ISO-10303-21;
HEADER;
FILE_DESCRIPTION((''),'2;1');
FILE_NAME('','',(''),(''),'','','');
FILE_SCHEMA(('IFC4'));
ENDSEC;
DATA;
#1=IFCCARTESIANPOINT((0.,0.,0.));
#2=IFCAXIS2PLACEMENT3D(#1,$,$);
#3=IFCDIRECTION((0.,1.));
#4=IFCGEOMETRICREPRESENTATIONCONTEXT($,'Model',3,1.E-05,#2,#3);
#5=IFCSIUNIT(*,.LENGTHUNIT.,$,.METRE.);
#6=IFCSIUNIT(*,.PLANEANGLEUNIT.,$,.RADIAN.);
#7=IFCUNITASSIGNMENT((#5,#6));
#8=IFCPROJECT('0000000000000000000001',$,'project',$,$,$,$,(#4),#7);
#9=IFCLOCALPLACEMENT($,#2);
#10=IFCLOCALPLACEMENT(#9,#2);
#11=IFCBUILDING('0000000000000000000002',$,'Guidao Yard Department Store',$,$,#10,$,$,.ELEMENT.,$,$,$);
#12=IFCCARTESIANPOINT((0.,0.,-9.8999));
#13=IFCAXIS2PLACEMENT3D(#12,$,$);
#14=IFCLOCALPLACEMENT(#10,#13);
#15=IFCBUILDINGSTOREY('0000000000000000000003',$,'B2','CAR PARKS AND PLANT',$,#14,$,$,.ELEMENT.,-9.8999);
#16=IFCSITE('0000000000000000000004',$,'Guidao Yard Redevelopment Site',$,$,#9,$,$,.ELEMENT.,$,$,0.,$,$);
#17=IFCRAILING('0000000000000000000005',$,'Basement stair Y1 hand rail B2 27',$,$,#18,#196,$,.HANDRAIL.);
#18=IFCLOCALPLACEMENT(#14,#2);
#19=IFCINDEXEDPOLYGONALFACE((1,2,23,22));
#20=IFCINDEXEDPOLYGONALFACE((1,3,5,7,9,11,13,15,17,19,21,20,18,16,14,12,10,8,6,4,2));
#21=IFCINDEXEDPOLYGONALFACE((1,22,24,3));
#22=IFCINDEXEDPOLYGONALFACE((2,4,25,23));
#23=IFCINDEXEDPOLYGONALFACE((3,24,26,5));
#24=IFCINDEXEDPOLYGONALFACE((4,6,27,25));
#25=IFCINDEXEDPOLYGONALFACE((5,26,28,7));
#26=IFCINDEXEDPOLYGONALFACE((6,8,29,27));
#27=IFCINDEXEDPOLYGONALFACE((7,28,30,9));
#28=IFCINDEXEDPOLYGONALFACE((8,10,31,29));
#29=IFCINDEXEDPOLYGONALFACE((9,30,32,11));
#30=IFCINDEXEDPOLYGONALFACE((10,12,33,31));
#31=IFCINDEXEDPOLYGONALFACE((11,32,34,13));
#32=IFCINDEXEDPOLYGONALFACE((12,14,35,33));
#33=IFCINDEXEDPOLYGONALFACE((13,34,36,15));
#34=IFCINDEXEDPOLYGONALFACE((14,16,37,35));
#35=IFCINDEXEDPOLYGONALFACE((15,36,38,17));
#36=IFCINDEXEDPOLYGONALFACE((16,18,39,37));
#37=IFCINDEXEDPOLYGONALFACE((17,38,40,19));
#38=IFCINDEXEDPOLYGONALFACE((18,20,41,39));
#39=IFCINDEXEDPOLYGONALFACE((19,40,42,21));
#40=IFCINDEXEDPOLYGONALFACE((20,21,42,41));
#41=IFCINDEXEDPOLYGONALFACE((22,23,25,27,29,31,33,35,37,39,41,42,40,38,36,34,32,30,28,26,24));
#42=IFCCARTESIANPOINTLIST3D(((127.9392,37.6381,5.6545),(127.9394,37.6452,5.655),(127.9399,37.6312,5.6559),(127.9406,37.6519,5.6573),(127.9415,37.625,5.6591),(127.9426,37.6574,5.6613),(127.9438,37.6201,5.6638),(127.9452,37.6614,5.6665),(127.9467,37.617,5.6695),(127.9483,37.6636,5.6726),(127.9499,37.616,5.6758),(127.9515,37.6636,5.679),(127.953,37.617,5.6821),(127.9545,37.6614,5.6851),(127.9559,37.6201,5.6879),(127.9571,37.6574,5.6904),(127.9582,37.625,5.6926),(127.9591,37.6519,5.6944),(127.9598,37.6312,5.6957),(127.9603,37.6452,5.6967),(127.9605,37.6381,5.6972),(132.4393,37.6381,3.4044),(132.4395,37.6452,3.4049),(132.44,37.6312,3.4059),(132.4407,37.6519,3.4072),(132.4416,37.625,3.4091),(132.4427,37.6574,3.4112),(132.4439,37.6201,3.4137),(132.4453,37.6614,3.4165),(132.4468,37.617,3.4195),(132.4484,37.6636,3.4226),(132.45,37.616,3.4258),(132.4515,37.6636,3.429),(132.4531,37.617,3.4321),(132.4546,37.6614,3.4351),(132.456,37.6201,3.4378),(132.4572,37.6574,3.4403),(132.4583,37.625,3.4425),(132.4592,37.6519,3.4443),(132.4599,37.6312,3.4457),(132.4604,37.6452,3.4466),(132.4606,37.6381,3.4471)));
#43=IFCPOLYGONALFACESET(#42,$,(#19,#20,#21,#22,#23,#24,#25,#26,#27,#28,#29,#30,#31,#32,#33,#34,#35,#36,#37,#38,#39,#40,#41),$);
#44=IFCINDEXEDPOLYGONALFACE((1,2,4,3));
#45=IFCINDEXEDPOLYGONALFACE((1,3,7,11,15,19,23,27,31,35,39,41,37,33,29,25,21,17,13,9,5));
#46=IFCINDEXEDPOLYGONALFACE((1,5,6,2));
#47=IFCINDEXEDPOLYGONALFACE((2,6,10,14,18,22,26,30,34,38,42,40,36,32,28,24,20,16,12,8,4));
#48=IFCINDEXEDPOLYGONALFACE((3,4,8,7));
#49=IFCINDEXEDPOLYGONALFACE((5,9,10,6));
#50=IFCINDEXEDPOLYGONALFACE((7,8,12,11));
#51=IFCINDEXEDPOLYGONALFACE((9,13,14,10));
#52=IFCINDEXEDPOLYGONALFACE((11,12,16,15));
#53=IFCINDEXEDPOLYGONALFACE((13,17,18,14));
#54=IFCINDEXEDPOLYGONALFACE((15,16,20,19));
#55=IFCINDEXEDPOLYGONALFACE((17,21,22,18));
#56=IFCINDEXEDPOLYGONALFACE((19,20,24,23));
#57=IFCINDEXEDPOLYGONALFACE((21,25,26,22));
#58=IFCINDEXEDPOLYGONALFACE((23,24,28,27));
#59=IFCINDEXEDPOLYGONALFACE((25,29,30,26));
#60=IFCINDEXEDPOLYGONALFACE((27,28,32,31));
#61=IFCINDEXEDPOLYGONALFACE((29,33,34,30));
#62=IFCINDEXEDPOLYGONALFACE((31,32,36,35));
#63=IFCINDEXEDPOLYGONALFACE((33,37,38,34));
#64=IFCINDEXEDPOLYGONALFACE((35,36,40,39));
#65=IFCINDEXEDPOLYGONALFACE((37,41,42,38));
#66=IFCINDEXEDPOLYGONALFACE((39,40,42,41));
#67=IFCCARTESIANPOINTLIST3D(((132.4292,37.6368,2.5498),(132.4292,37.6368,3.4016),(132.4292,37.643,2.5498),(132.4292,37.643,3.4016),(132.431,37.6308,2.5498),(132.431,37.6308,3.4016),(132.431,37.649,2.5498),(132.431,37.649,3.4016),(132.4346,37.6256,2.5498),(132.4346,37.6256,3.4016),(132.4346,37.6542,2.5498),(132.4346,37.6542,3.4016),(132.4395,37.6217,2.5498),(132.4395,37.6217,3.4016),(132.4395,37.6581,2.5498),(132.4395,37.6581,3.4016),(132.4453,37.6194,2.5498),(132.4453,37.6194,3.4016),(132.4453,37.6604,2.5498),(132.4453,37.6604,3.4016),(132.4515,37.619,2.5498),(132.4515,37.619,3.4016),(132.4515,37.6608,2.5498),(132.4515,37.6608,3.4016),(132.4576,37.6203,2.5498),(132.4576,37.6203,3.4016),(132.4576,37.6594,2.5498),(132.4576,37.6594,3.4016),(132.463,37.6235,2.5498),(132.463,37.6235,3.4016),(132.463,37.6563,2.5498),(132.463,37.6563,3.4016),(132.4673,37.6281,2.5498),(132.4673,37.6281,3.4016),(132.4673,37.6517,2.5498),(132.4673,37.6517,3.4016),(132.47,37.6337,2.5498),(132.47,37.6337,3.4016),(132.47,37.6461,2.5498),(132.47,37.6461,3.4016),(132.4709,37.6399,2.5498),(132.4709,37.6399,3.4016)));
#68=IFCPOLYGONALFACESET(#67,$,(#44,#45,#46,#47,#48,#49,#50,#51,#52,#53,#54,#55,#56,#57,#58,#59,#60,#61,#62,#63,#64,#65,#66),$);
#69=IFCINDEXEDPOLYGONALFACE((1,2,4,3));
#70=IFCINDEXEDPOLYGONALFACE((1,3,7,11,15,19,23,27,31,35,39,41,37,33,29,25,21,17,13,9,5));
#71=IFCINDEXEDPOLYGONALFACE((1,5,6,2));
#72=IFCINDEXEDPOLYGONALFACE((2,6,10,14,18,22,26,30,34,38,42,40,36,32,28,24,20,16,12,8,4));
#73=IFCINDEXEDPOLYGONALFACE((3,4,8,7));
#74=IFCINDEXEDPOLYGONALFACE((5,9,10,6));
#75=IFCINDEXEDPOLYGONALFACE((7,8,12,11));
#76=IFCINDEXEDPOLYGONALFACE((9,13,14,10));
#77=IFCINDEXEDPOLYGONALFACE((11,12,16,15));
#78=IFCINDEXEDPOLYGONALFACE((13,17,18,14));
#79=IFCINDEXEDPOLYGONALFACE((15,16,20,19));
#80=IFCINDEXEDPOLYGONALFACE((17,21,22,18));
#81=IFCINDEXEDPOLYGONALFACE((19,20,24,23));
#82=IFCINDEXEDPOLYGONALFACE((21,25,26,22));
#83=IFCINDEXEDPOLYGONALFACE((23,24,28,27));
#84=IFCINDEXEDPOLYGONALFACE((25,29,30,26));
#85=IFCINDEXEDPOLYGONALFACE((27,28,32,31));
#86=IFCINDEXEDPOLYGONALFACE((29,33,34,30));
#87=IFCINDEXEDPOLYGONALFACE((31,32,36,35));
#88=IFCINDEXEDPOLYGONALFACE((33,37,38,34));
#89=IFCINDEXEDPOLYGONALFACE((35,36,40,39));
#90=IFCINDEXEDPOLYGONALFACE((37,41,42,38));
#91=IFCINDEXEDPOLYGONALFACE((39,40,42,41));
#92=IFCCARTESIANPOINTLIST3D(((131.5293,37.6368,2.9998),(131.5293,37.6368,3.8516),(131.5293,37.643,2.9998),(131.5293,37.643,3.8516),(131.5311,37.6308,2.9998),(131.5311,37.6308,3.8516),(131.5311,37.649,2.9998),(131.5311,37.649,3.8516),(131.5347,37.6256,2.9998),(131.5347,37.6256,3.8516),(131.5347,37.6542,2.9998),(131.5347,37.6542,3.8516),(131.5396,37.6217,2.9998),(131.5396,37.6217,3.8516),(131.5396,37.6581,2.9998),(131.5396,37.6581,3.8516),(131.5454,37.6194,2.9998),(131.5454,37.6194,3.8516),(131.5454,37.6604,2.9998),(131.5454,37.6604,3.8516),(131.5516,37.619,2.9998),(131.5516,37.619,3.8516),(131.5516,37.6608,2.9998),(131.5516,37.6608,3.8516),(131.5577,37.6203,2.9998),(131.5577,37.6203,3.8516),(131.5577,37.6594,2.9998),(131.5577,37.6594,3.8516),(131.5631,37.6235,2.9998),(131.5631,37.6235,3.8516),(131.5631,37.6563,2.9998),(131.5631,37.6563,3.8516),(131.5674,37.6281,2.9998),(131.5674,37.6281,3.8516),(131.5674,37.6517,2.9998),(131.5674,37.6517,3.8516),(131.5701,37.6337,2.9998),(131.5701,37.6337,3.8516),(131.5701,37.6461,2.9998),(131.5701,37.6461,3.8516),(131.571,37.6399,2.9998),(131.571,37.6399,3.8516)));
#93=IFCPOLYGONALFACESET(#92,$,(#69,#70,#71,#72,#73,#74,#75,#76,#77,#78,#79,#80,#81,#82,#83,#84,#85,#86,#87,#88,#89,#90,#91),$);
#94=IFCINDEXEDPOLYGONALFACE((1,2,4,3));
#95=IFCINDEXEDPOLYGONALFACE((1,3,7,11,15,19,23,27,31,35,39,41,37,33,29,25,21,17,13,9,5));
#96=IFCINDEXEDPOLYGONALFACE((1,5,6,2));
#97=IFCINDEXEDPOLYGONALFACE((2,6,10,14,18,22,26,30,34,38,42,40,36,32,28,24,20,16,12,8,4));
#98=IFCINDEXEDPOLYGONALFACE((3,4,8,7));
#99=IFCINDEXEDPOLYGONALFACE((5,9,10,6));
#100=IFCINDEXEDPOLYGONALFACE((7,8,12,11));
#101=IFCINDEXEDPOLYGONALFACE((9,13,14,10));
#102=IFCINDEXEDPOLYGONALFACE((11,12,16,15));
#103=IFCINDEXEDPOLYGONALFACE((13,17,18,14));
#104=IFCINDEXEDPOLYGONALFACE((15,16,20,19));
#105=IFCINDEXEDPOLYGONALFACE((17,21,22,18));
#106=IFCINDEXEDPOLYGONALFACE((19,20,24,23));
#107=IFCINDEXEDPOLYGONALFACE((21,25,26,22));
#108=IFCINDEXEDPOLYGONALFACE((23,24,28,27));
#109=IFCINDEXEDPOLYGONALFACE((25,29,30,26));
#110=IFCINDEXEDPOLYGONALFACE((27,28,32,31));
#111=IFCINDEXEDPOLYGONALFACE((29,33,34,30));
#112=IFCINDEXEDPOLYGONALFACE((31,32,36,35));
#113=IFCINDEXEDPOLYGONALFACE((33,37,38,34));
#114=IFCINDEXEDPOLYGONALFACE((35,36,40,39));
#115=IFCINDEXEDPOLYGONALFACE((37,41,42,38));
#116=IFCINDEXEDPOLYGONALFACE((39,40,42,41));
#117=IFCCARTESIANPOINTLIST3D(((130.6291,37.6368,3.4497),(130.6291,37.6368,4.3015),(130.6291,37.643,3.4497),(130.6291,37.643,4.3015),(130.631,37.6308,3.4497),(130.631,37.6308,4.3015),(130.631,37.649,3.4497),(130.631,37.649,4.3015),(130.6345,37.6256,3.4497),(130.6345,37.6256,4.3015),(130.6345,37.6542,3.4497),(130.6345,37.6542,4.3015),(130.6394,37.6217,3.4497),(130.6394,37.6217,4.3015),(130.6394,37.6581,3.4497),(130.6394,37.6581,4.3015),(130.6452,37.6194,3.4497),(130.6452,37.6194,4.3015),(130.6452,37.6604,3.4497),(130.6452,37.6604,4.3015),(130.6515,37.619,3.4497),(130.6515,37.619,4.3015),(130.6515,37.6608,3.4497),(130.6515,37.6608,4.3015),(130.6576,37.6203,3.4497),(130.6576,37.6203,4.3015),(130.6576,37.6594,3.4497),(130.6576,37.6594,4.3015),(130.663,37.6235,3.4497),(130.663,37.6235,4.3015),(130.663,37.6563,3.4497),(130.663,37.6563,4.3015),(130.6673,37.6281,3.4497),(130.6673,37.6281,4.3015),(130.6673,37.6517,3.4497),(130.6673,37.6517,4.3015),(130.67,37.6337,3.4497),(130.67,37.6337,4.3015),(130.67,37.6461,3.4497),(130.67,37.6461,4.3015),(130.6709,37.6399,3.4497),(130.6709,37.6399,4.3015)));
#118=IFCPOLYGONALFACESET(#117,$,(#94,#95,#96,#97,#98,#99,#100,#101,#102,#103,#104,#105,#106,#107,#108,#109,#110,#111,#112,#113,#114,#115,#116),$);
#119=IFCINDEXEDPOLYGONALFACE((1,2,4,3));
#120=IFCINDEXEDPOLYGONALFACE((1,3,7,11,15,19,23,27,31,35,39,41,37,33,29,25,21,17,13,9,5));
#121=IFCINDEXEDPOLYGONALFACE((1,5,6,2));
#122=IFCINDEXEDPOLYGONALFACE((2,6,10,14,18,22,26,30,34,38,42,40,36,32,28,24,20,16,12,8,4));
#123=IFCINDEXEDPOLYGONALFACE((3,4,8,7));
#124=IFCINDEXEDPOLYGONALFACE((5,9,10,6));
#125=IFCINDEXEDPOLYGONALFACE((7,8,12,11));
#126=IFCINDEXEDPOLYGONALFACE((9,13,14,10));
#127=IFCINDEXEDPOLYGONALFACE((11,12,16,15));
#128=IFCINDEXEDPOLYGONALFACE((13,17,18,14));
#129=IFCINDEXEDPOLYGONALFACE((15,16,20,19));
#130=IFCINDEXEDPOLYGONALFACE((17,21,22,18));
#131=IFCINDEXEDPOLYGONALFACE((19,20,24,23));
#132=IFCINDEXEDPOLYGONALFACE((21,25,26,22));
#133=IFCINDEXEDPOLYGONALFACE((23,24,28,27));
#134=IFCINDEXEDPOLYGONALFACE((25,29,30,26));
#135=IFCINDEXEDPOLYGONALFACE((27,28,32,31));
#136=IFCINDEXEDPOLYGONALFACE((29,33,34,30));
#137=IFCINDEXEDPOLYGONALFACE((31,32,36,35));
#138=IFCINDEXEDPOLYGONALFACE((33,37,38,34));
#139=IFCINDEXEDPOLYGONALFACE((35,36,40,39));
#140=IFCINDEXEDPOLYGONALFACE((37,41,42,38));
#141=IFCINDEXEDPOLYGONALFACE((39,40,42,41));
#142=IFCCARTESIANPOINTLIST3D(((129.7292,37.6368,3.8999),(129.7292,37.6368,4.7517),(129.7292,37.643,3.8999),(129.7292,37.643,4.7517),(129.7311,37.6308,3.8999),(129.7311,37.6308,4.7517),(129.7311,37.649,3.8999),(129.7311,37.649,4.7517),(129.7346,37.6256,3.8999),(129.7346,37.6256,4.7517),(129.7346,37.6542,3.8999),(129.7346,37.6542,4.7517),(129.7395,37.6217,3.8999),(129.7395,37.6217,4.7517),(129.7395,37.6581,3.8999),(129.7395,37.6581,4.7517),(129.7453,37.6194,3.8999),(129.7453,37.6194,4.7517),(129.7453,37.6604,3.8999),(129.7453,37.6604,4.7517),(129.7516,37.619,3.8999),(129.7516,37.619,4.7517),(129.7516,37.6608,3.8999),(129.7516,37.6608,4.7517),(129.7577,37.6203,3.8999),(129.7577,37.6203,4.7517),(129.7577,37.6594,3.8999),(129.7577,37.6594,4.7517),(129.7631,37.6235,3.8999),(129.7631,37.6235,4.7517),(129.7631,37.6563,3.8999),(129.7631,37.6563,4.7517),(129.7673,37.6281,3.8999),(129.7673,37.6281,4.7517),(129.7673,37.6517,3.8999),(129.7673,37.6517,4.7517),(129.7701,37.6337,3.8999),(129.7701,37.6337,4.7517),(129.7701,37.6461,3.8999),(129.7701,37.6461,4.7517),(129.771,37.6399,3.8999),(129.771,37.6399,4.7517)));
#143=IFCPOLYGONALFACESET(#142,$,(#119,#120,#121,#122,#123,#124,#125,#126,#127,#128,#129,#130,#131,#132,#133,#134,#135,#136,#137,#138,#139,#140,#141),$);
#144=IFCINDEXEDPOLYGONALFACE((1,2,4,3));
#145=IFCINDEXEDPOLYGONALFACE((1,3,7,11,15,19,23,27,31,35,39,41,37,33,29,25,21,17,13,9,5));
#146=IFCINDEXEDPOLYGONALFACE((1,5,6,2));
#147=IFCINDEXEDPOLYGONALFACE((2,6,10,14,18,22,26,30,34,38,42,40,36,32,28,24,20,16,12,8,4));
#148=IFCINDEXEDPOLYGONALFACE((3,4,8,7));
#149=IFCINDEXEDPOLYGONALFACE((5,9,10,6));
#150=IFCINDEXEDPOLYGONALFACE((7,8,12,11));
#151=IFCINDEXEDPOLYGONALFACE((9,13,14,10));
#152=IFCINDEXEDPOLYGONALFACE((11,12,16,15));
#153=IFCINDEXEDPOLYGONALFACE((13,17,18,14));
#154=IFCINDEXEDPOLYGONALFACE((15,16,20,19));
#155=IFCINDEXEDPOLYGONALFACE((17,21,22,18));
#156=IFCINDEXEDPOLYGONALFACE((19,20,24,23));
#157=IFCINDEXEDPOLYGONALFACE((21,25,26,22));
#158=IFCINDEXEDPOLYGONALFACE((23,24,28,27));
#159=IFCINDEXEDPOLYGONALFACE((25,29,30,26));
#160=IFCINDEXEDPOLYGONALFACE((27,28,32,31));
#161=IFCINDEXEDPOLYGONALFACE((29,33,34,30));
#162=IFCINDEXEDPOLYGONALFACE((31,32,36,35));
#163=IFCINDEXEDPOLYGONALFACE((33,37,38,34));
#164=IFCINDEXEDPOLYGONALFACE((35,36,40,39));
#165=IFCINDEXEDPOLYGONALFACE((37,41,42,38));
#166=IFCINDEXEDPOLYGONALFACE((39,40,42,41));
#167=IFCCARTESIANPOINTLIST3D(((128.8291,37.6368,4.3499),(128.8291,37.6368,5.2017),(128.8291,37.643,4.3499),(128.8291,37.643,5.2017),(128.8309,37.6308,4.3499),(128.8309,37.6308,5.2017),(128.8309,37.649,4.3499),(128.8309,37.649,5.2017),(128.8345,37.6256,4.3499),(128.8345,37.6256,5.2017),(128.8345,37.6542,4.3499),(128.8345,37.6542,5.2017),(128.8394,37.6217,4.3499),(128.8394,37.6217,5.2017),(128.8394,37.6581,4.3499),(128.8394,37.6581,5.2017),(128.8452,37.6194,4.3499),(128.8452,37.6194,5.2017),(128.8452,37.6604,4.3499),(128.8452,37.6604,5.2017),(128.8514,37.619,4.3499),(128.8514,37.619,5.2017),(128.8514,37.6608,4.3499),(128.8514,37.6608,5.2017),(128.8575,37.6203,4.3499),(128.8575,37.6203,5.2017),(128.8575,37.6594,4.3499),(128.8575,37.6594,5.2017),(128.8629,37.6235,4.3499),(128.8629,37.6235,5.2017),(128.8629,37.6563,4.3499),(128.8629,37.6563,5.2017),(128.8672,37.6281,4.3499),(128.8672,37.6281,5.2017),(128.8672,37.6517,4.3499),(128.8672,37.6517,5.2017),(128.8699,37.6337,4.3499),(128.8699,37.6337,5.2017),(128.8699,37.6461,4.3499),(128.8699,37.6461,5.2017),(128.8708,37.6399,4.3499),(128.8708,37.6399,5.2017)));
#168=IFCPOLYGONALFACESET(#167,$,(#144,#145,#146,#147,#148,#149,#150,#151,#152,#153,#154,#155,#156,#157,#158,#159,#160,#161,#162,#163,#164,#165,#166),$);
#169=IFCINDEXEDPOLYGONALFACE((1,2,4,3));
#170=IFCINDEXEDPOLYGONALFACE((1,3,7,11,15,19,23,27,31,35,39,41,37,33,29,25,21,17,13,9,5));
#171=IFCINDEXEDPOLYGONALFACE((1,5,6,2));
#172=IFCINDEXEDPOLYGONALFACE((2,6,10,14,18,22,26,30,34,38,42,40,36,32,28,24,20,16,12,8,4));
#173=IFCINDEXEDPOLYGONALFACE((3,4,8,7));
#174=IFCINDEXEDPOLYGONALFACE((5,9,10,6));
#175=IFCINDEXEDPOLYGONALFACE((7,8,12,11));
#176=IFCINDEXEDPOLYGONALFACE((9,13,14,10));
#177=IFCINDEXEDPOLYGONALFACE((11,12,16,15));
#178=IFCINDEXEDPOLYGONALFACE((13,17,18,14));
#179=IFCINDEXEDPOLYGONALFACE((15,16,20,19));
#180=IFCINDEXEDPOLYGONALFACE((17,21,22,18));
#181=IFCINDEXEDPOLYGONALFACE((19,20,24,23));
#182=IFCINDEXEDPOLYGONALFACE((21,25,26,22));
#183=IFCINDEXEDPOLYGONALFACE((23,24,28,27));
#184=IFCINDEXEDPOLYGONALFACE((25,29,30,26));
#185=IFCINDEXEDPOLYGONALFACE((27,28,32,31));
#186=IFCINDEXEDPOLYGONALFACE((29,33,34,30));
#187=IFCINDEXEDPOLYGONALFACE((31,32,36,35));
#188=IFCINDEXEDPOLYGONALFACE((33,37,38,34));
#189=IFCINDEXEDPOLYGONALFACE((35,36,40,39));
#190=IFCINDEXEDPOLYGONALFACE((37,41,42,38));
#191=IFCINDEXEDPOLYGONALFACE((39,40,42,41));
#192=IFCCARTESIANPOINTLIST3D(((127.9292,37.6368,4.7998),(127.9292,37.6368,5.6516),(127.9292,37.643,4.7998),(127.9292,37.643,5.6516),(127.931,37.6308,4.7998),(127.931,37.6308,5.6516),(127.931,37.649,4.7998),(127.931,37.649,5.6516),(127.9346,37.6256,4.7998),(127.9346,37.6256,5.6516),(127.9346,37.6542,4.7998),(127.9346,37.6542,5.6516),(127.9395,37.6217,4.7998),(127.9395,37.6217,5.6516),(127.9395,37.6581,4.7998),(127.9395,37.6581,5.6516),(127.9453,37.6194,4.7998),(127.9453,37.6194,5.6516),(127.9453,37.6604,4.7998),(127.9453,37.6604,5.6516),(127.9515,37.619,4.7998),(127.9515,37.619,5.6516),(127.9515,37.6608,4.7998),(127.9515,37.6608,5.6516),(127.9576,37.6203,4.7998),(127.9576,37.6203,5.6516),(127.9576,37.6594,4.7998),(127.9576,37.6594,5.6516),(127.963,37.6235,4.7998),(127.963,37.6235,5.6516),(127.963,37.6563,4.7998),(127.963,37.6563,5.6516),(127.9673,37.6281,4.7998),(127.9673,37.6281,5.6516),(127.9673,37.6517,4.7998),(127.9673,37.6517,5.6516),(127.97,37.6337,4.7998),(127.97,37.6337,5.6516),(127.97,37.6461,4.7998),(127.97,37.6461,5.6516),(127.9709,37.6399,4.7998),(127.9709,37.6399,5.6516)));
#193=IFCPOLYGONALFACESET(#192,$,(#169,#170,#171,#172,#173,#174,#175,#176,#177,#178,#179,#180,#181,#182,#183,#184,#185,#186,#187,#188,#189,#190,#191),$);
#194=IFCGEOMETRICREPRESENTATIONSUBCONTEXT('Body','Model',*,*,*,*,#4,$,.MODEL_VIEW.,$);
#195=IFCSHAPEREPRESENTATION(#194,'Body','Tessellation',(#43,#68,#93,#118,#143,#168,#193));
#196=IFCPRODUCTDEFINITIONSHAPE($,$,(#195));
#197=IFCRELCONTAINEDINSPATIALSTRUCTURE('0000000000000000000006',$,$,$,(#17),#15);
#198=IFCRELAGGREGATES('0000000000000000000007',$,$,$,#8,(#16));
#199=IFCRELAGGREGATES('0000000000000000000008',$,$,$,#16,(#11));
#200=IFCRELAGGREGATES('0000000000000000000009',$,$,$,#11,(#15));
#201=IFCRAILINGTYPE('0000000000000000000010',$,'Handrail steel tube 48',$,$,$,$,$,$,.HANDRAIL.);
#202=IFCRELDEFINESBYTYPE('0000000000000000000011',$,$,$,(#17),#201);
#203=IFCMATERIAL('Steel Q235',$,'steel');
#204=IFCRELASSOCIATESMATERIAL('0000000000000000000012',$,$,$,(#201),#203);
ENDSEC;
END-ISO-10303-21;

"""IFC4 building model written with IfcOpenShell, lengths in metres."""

from ifc_helpers import new_model, si_unit, direction, frame, origin, origin_2d, place, context, subcontext, project, spatial, circle, extrude, material, type_object, element, save


model = new_model("IFC4")

# Units and contexts
model_context = context("Model", 3, precision=1e-05, world=origin(), true_north=direction((0.0, 1.0)))
body_context = subcontext(model_context, "Body", "Model", "MODEL_VIEW")
ifc_project = project(units=[si_unit("LENGTHUNIT", "METRE"), si_unit("PLANEANGLEUNIT", "RADIAN")], contexts=[model_context])

# Site, building, storey
site_placement = place(None, origin())
site = spatial("IfcSite", under=ifc_project, at=site_placement, Name="Guidao Yard Redevelopment Site", CompositionType="ELEMENT", RefElevation=0.0)
building_placement = place(site_placement, origin())
building = spatial("IfcBuilding", under=site, at=building_placement, Name="Guidao Yard Department Store", CompositionType="ELEMENT")
storey_placement = place(building_placement, frame((0.0, 0.0, -9.8999)))
storey = spatial("IfcBuildingStorey", under=building, at=storey_placement, Name="B2", Description="CAR PARKS AND PLANT", CompositionType="ELEMENT", Elevation=-9.8999)

# Railing
ifc_material_1 = material(Name="Steel Q235", Category="steel")
railing_type_1 = type_object("IfcRailingType", Name="Handrail steel tube 48", PredefinedType="HANDRAIL", material=ifc_material_1)
for number, where, name in (
    (1, (132.45, 37.6399, 2.5498), "Basement stair Y1 hand rail B2 27"),
):
    element("IfcRailing", number, at=place(storey_placement, frame(where)), inside=storey, type_object=railing_type_1, Name=name, PredefinedType="HANDRAIL", context=body_context, shape_type="SweptSolid", body=[
        extrude(circle(Radius=0.0239, at=origin_2d()), frame((0.0, 0.0, 0.876), z_axis=(-0.894427, 0.0, 0.447214), x_axis=(0.0, -1.0, 0.0)), (0.0, 0.0, 1.0), 5.0312),
        extrude(circle(Radius=0.021, at=origin_2d()), origin(), (0.0, 0.0, 1.0), 0.8518),
        extrude(circle(Radius=0.021, at=origin_2d()), frame((-0.8999, 0.0, 0.45)), (0.0, 0.0, 1.0), 0.8518),
        extrude(circle(Radius=0.021, at=origin_2d()), frame((-1.8, 0.0, 0.8999)), (0.0, 0.0, 1.0), 0.8518),
        extrude(circle(Radius=0.021, at=origin_2d()), frame((-2.7, 0.0, 1.3501)), (0.0, 0.0, 1.0), 0.8518),
        extrude(circle(Radius=0.021, at=origin_2d()), frame((-3.6001, 0.0, 1.8)), (0.0, 0.0, 1.0), 0.8518),
        extrude(circle(Radius=0.021, at=origin_2d()), frame((-4.5, 0.0, 2.25)), (0.0, 0.0, 1.0), 0.8518),
    ])

save(model, "model.ifc")
